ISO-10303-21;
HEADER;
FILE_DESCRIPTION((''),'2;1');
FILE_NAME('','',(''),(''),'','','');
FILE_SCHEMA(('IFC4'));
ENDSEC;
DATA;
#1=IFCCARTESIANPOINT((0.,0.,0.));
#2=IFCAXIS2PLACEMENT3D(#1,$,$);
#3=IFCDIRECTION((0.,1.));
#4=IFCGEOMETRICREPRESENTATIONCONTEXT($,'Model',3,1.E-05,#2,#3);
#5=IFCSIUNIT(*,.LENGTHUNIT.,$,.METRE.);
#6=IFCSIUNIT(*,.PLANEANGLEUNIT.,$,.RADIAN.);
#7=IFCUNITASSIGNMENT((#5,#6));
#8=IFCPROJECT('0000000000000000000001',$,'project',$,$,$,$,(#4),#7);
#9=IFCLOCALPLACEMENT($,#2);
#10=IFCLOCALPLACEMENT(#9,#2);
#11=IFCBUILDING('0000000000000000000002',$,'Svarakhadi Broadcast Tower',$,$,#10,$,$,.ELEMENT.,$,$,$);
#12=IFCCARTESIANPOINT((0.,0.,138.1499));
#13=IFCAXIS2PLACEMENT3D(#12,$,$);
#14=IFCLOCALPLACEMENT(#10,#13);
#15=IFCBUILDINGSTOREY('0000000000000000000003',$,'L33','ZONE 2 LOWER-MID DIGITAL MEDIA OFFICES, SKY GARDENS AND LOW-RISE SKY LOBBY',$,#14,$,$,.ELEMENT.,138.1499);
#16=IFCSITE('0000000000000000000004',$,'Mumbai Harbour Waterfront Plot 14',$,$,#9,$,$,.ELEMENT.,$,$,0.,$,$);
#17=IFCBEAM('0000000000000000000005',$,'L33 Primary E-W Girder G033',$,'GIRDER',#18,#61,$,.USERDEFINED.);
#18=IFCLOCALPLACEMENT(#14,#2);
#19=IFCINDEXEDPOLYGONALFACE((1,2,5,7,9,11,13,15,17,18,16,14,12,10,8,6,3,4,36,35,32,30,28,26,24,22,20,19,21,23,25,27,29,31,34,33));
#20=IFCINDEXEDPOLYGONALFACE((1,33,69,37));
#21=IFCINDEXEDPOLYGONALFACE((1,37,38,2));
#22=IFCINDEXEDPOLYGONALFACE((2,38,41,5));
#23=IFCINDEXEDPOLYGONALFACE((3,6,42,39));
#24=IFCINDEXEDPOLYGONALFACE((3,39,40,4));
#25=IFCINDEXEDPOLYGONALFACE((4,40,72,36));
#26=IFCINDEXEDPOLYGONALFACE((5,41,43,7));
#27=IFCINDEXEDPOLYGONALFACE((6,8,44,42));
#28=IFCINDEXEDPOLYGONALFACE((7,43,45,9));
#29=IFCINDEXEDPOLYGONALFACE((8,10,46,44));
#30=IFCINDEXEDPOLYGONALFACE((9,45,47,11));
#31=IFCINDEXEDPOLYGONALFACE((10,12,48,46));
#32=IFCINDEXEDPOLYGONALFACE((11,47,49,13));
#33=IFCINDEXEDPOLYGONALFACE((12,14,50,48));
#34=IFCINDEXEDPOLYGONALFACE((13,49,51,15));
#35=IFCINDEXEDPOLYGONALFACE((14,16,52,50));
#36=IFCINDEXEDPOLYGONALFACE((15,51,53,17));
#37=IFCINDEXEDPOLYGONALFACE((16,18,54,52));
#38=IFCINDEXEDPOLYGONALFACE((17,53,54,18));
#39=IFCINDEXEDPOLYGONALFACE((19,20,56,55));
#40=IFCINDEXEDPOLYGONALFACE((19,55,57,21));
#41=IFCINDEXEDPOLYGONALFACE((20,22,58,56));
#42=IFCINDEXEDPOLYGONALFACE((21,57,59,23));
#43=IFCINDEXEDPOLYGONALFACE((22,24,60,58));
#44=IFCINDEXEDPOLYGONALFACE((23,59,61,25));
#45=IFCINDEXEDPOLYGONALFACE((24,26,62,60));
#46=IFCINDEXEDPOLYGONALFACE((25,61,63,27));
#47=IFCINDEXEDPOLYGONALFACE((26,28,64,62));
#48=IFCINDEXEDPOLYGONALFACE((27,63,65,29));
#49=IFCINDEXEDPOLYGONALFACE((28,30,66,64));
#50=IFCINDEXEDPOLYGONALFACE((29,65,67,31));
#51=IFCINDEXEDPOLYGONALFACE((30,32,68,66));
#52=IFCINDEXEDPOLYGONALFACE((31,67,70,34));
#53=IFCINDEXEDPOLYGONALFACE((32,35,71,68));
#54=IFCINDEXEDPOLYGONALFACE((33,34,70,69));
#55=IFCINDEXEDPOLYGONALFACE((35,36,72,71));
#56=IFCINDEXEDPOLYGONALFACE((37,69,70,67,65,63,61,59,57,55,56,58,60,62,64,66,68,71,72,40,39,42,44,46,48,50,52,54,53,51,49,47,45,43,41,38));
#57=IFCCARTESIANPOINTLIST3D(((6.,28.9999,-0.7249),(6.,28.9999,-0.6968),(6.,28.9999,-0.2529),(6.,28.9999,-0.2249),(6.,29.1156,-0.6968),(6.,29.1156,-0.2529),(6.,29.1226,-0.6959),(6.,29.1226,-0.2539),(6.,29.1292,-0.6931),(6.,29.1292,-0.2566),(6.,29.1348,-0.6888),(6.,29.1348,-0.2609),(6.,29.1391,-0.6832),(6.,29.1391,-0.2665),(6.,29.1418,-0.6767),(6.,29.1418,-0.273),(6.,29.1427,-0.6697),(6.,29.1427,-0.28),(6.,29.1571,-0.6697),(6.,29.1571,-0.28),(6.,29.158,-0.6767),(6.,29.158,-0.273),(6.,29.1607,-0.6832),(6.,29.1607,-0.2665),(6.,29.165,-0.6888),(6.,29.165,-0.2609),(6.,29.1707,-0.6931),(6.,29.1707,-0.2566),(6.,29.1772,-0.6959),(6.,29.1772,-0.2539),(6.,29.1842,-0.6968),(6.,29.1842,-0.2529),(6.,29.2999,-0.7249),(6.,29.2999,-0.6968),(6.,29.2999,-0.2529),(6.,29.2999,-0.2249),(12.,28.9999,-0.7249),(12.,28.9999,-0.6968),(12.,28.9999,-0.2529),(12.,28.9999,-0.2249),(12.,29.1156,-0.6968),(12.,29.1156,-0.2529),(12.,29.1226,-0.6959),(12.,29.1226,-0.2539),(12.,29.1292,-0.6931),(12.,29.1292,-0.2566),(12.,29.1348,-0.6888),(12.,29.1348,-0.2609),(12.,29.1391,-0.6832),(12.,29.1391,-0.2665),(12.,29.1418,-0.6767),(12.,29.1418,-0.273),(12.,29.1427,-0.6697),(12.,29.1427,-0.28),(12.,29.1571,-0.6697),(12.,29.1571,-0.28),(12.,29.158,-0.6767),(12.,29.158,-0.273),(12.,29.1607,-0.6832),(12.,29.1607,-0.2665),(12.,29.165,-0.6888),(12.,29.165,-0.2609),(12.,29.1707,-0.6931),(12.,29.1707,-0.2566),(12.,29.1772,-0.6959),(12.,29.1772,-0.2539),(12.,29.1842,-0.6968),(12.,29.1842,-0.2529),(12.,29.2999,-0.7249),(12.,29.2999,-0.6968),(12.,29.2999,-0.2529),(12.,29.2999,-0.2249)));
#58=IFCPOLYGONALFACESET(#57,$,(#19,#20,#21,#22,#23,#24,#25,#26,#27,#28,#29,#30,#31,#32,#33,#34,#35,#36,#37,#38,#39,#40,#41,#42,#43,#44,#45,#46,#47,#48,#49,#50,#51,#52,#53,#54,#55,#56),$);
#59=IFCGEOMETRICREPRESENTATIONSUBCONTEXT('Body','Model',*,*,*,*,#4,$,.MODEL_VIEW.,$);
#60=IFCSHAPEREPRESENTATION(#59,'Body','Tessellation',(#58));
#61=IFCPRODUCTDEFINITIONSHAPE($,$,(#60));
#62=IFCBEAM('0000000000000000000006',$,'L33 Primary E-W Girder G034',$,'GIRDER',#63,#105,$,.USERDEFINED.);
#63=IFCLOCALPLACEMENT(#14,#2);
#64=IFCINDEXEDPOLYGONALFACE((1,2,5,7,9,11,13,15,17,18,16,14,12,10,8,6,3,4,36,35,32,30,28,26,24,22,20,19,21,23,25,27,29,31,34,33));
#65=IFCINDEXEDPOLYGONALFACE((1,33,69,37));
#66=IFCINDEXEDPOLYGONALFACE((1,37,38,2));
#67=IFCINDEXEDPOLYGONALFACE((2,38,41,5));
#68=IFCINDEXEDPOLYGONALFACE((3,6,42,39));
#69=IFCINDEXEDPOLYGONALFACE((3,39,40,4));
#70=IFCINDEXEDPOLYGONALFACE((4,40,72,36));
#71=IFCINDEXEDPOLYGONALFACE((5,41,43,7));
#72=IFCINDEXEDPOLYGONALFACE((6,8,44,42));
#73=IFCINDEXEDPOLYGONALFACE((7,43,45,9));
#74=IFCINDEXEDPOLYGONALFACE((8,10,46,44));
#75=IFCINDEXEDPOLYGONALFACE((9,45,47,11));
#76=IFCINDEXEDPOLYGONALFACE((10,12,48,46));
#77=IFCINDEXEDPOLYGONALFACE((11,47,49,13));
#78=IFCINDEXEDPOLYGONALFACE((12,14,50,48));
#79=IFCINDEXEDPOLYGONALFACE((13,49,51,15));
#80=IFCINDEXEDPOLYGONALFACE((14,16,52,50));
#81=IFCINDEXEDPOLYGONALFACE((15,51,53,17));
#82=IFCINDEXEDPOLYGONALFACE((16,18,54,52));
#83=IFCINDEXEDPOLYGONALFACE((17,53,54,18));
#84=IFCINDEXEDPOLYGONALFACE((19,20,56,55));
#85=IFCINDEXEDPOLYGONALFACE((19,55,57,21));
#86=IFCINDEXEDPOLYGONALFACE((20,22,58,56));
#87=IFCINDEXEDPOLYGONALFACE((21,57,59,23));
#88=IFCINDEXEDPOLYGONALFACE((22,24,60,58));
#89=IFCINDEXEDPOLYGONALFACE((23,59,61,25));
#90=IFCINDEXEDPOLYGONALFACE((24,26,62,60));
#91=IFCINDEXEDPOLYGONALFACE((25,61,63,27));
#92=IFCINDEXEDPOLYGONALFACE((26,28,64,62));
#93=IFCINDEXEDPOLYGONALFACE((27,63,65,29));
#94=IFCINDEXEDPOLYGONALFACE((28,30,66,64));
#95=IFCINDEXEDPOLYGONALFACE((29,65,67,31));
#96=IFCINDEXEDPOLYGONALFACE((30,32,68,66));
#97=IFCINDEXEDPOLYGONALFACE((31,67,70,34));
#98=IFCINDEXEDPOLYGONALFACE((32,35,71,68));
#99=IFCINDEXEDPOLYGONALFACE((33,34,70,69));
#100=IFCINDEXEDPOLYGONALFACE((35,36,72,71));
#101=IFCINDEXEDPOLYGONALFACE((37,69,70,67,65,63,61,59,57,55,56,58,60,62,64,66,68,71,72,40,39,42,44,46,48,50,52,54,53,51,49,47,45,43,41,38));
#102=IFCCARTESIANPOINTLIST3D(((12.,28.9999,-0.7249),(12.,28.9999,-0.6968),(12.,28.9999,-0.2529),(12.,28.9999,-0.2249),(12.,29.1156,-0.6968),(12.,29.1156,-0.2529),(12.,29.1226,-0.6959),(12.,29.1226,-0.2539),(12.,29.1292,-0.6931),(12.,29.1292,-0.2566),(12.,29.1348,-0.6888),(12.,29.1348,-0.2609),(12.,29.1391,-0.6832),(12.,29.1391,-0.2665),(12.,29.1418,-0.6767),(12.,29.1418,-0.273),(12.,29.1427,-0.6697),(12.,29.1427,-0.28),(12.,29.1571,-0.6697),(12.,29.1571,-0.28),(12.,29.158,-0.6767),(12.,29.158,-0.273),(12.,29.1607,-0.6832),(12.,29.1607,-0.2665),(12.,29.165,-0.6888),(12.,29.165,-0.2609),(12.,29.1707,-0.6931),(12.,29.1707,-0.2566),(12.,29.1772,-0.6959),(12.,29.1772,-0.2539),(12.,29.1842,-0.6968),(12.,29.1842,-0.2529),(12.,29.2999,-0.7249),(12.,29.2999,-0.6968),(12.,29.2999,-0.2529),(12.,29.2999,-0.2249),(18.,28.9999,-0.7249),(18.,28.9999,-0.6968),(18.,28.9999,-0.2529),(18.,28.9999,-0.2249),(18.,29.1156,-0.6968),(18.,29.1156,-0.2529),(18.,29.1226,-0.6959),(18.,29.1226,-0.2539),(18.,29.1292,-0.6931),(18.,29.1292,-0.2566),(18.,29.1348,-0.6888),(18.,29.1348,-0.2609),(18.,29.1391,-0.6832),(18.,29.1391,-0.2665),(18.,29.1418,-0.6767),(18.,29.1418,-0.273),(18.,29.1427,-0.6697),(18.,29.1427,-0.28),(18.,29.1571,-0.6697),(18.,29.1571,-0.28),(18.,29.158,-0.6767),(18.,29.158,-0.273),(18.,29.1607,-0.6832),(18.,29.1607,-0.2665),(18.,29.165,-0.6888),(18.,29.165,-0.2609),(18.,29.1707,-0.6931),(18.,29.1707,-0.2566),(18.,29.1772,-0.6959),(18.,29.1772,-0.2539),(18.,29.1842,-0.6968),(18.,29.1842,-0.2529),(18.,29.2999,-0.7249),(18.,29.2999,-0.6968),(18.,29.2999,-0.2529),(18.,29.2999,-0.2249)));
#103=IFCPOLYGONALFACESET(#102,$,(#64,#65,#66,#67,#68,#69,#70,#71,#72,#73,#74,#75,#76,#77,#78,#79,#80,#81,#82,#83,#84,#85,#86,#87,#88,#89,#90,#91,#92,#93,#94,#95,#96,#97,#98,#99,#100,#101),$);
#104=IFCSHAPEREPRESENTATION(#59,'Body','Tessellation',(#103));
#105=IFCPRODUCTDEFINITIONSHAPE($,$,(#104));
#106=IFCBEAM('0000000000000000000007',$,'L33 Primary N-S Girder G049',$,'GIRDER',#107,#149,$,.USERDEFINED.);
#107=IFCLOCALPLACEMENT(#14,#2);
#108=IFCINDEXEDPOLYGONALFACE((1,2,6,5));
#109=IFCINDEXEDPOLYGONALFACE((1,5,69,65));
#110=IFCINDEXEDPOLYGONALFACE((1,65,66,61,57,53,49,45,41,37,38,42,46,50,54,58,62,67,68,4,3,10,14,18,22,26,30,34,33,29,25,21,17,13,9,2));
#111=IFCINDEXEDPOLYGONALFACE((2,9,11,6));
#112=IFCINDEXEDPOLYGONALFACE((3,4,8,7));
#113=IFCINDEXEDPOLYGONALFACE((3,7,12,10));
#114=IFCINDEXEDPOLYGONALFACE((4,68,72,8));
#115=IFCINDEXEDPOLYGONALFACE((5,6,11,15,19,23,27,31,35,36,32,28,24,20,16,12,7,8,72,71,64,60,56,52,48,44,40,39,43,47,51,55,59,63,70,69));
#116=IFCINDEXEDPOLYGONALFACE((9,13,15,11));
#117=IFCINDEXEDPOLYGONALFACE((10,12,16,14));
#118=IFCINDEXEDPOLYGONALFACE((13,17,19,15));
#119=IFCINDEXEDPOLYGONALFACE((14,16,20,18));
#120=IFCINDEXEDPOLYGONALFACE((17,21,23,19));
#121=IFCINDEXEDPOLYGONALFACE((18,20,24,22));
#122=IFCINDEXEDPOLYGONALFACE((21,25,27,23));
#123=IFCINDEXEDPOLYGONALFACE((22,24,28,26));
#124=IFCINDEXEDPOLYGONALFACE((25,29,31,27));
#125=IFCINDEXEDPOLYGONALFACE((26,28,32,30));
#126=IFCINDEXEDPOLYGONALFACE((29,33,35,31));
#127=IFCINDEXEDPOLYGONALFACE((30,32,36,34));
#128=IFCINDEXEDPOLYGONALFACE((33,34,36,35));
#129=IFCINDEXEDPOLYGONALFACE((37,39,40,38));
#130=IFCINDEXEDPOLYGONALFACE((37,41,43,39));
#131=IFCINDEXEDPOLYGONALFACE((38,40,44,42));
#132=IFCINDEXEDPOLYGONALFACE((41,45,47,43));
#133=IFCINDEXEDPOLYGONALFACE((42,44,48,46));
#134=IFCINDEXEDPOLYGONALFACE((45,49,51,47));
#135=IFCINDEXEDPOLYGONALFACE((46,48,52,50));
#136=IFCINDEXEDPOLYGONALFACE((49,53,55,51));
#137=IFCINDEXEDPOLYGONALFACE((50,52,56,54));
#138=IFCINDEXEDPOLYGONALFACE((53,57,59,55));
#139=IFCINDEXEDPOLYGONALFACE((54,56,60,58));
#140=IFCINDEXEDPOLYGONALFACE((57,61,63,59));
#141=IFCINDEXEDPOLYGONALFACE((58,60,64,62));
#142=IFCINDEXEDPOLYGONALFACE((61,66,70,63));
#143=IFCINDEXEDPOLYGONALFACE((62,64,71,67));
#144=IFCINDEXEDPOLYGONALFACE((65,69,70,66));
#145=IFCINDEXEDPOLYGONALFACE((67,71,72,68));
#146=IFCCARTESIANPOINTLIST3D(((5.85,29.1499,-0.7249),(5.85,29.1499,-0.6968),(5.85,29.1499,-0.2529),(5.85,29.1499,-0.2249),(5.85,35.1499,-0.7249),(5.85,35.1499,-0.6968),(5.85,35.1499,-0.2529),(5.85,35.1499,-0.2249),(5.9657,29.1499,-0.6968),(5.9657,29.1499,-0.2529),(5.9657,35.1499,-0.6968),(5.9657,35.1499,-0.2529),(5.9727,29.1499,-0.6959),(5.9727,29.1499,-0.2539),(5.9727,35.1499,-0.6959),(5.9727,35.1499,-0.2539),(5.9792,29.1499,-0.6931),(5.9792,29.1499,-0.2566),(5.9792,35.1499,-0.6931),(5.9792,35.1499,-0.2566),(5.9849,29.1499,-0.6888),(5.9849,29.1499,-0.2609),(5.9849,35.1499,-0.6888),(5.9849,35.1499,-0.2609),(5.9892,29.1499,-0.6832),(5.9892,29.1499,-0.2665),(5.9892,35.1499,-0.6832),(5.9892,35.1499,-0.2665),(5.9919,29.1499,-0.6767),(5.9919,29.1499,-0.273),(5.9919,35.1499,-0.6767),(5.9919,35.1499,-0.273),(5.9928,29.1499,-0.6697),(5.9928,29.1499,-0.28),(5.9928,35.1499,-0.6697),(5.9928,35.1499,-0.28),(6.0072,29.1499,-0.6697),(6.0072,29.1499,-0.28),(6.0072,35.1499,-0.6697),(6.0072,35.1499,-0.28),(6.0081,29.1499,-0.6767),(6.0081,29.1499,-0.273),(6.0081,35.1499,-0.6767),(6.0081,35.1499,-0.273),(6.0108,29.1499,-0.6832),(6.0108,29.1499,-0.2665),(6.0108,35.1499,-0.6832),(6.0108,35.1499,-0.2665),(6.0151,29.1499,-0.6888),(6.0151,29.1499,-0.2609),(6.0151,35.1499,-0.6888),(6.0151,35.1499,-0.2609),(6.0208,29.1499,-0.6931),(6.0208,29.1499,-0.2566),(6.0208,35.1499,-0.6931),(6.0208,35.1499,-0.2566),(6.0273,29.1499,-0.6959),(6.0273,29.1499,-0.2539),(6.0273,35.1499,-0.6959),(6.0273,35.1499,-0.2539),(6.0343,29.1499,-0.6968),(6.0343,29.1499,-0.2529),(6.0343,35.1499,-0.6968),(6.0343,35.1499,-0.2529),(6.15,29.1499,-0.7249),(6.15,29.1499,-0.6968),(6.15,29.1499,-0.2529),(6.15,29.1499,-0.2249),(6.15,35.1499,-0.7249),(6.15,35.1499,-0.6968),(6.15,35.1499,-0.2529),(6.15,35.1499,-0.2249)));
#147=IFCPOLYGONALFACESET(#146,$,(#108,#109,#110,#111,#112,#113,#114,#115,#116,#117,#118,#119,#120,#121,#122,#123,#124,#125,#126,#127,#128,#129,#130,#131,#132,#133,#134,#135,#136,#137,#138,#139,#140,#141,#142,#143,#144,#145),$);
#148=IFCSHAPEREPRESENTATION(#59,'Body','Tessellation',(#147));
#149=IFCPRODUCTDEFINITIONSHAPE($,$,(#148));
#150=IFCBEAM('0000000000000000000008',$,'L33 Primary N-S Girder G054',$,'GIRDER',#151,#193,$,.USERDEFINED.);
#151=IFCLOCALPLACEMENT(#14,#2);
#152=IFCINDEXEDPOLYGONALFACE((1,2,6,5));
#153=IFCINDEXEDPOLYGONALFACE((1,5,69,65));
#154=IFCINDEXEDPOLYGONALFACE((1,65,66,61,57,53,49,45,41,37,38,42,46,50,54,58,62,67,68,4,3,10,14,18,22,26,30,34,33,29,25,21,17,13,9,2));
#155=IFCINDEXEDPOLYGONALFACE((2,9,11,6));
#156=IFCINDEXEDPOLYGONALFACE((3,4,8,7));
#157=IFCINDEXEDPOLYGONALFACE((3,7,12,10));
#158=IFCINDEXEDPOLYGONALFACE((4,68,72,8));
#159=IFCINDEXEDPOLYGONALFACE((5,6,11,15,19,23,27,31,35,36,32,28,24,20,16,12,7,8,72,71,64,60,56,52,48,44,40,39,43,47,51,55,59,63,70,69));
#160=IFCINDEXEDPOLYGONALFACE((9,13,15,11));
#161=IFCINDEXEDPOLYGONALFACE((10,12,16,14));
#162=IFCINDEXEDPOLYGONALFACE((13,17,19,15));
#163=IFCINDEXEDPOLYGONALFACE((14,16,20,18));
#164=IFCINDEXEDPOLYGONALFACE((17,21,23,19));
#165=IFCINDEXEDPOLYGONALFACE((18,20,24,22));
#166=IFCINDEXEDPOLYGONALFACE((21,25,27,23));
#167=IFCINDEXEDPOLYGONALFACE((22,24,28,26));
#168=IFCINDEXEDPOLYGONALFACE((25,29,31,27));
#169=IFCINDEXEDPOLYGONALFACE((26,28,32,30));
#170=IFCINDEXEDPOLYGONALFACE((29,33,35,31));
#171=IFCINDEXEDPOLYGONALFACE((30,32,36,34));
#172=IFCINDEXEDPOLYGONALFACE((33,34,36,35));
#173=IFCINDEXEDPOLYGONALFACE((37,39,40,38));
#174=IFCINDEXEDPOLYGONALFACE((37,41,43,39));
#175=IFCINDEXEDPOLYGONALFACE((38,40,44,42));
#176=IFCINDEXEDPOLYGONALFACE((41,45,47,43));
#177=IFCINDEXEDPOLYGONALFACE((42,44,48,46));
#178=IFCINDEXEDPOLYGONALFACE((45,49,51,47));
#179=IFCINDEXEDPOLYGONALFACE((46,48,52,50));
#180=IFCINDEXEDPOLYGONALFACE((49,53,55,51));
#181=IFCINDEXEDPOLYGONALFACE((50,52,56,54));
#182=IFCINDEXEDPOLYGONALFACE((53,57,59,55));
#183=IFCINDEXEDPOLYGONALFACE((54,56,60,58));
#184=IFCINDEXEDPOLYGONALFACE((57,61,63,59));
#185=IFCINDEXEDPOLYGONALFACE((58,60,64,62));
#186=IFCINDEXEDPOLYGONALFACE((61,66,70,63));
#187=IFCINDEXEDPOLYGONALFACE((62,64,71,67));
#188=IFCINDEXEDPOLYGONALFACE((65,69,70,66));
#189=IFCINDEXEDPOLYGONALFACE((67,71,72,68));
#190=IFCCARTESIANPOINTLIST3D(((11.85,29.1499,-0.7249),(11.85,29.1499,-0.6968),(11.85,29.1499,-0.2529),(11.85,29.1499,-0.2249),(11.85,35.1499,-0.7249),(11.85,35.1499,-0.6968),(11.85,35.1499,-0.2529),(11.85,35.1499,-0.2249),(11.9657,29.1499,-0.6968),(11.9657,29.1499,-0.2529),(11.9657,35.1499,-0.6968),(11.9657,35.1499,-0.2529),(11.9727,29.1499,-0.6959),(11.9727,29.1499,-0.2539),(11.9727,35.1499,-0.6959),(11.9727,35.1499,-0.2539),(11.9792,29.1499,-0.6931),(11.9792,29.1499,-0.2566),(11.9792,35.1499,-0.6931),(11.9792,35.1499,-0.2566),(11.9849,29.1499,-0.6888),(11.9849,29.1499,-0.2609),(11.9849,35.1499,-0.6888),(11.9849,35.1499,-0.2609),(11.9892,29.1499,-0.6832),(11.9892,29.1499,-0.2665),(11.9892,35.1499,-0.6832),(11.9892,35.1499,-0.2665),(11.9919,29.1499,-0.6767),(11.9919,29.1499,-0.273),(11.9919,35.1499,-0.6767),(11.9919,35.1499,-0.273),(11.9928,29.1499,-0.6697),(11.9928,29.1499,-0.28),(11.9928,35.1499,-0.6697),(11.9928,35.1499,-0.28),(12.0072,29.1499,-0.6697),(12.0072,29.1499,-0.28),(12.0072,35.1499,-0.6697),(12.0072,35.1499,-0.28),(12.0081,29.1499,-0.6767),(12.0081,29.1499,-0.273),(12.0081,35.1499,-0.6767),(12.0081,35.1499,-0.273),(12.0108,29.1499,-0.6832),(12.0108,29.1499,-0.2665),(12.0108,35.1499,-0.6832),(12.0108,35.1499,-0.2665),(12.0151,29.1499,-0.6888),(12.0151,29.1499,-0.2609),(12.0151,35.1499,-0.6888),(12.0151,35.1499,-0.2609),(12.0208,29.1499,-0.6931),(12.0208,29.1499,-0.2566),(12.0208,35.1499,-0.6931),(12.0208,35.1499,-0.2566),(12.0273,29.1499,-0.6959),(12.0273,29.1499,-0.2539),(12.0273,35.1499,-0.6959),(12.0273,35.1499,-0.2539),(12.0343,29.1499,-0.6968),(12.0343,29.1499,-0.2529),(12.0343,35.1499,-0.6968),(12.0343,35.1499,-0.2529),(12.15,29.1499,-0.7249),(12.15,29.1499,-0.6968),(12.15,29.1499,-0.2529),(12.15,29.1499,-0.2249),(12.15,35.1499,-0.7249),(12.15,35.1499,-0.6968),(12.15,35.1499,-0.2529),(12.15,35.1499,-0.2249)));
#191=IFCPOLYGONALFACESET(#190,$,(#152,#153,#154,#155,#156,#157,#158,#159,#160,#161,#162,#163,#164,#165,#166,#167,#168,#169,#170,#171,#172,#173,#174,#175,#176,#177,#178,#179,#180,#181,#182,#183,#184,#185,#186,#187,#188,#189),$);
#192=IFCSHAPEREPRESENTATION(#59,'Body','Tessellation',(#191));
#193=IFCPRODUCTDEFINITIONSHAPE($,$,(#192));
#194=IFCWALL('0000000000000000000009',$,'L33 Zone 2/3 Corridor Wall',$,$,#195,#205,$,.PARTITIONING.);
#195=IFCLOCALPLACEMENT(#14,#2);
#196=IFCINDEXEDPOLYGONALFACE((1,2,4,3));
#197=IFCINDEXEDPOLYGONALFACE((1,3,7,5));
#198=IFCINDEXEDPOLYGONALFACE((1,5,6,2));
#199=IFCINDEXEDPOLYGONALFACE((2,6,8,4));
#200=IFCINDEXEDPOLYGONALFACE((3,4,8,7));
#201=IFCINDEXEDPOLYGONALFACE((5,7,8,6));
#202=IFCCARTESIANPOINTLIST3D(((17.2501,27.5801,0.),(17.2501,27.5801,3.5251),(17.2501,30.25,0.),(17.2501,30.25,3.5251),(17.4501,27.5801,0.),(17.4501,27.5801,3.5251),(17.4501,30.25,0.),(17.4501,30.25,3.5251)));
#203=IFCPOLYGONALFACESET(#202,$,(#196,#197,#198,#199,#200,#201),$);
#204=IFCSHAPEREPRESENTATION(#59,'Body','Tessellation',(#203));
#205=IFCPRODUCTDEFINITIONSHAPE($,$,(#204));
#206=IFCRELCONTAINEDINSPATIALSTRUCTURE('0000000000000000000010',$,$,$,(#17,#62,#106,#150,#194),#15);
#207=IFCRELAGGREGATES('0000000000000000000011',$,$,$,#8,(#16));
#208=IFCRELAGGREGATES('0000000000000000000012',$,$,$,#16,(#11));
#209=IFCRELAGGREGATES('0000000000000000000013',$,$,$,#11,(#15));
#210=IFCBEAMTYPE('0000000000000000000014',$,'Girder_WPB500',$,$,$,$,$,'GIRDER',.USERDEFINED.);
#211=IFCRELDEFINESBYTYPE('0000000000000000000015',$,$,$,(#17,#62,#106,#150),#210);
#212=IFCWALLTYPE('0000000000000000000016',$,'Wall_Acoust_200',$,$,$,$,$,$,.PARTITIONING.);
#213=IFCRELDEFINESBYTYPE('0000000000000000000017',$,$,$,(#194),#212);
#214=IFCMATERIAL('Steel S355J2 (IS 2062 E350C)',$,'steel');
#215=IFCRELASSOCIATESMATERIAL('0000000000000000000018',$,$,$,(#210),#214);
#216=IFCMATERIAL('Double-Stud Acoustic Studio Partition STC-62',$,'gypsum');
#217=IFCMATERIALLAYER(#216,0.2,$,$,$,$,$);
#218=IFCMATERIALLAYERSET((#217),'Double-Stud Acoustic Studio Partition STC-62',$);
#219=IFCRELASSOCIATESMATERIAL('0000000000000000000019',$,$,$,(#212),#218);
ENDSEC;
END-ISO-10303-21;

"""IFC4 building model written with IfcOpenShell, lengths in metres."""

from ifc_helpers import new_model, si_unit, direction, frame, frame_2d, origin, origin_2d, place, context, subcontext, project, spatial, rectangle, i_section, extrude, material, layer, layer_set, material_profile, profile_set, type_object, element, save


model = new_model("IFC4")

# Units and contexts
model_context = context("Model", 3, precision=1e-05, world=origin(), true_north=direction((0.0, 1.0)))
body_context = subcontext(model_context, "Body", "Model", "MODEL_VIEW")
ifc_project = project(units=[si_unit("LENGTHUNIT", "METRE"), si_unit("PLANEANGLEUNIT", "RADIAN")], contexts=[model_context])

# Site, building, storey
site_placement = place(None, origin())
site = spatial("IfcSite", under=ifc_project, at=site_placement, Name="Mumbai Harbour Waterfront Plot 14", CompositionType="ELEMENT", RefElevation=0.0)
building_placement = place(site_placement, origin())
building = spatial("IfcBuilding", under=site, at=building_placement, Name="Svarakhadi Broadcast Tower", CompositionType="ELEMENT")
storey_placement = place(building_placement, frame((0.0, 0.0, 138.1499)))
storey = spatial("IfcBuildingStorey", under=building, at=storey_placement, Name="L33", Description="ZONE 2 LOWER-MID DIGITAL MEDIA OFFICES, SKY GARDENS AND LOW-RISE SKY LOBBY", CompositionType="ELEMENT", Elevation=138.1499)

# Beams
ifc_material_1 = material(Name="Steel S355J2 (IS 2062 E350C)", Category="steel")
ifc_material_profile_1 = material_profile(ifc_material_1, i_section(OverallWidth=0.3, OverallDepth=0.5, WebThickness=0.0144, FlangeThickness=0.0281, FilletRadius=0.0271, at=origin_2d()), Name="WPB 500x300x187")
ifc_profile_set_1 = profile_set([ifc_material_profile_1], Name="Steel S355J2 (IS 2062 E350C)")
beam_type_1 = type_object("IfcBeamType", Name="Girder_WPB500", ElementType="GIRDER", PredefinedType="USERDEFINED", material=ifc_profile_set_1)
for number, where, z_axis, x_axis, name in (
    (1, (6.0, 29.1499, -0.4749), (1.0, 0.0, 0.0), (0.0, 1.0, 0.0), "L33 Primary E-W Girder G033"),
    (2, (12.0, 29.1499, -0.4749), (1.0, 0.0, 0.0), (0.0, 1.0, 0.0), "L33 Primary E-W Girder G034"),
    (3, (6.0, 29.1499, -0.4749), (0.0, 1.0, 0.0), (-1.0, 0.0, 0.0), "L33 Primary N-S Girder G049"),
    (4, (12.0, 29.1499, -0.4749), (0.0, 1.0, 0.0), (-1.0, 0.0, 0.0), "L33 Primary N-S Girder G054"),
):
    element("IfcBeam", number, at=place(storey_placement, frame(where, z_axis=z_axis, x_axis=x_axis)), inside=storey, type_object=beam_type_1, Name=name, ObjectType="GIRDER", PredefinedType="USERDEFINED", context=body_context, shape_type="SweptSolid", body=[
        extrude(i_section(OverallWidth=0.3, OverallDepth=0.5, WebThickness=0.0144, FlangeThickness=0.0281, FilletRadius=0.0271, at=origin_2d()), origin(), (0.0, 0.0, 1.0), 6.0),
    ])

# Wall
ifc_material_2 = material(Name="Double-Stud Acoustic Studio Partition STC-62", Category="gypsum")
ifc_layer_1 = layer(ifc_material_2, 0.2)
ifc_layer_set_1 = layer_set([ifc_layer_1], Name="Double-Stud Acoustic Studio Partition STC-62")
wall_type_1 = type_object("IfcWallType", Name="Wall_Acoust_200", PredefinedType="PARTITIONING", material=ifc_layer_set_1)
for number, where, z_axis, x_axis, name in (
    (5, (17.3501, 30.25, 0.0), (0.0, 0.0, 1.0), (0.0, -1.0, 0.0), "L33 Zone 2/3 Corridor Wall"),
):
    element("IfcWall", number, at=place(storey_placement, frame(where, z_axis=z_axis, x_axis=x_axis)), inside=storey, type_object=wall_type_1, Name=name, PredefinedType="PARTITIONING", context=body_context, shape_type="SweptSolid", body=[
        extrude(rectangle(XDim=2.6699, YDim=0.2, at=frame_2d((1.335, 0.0))), origin(), (0.0, 0.0, 1.0), 3.5251),
    ])

save(model, "model.ifc")
